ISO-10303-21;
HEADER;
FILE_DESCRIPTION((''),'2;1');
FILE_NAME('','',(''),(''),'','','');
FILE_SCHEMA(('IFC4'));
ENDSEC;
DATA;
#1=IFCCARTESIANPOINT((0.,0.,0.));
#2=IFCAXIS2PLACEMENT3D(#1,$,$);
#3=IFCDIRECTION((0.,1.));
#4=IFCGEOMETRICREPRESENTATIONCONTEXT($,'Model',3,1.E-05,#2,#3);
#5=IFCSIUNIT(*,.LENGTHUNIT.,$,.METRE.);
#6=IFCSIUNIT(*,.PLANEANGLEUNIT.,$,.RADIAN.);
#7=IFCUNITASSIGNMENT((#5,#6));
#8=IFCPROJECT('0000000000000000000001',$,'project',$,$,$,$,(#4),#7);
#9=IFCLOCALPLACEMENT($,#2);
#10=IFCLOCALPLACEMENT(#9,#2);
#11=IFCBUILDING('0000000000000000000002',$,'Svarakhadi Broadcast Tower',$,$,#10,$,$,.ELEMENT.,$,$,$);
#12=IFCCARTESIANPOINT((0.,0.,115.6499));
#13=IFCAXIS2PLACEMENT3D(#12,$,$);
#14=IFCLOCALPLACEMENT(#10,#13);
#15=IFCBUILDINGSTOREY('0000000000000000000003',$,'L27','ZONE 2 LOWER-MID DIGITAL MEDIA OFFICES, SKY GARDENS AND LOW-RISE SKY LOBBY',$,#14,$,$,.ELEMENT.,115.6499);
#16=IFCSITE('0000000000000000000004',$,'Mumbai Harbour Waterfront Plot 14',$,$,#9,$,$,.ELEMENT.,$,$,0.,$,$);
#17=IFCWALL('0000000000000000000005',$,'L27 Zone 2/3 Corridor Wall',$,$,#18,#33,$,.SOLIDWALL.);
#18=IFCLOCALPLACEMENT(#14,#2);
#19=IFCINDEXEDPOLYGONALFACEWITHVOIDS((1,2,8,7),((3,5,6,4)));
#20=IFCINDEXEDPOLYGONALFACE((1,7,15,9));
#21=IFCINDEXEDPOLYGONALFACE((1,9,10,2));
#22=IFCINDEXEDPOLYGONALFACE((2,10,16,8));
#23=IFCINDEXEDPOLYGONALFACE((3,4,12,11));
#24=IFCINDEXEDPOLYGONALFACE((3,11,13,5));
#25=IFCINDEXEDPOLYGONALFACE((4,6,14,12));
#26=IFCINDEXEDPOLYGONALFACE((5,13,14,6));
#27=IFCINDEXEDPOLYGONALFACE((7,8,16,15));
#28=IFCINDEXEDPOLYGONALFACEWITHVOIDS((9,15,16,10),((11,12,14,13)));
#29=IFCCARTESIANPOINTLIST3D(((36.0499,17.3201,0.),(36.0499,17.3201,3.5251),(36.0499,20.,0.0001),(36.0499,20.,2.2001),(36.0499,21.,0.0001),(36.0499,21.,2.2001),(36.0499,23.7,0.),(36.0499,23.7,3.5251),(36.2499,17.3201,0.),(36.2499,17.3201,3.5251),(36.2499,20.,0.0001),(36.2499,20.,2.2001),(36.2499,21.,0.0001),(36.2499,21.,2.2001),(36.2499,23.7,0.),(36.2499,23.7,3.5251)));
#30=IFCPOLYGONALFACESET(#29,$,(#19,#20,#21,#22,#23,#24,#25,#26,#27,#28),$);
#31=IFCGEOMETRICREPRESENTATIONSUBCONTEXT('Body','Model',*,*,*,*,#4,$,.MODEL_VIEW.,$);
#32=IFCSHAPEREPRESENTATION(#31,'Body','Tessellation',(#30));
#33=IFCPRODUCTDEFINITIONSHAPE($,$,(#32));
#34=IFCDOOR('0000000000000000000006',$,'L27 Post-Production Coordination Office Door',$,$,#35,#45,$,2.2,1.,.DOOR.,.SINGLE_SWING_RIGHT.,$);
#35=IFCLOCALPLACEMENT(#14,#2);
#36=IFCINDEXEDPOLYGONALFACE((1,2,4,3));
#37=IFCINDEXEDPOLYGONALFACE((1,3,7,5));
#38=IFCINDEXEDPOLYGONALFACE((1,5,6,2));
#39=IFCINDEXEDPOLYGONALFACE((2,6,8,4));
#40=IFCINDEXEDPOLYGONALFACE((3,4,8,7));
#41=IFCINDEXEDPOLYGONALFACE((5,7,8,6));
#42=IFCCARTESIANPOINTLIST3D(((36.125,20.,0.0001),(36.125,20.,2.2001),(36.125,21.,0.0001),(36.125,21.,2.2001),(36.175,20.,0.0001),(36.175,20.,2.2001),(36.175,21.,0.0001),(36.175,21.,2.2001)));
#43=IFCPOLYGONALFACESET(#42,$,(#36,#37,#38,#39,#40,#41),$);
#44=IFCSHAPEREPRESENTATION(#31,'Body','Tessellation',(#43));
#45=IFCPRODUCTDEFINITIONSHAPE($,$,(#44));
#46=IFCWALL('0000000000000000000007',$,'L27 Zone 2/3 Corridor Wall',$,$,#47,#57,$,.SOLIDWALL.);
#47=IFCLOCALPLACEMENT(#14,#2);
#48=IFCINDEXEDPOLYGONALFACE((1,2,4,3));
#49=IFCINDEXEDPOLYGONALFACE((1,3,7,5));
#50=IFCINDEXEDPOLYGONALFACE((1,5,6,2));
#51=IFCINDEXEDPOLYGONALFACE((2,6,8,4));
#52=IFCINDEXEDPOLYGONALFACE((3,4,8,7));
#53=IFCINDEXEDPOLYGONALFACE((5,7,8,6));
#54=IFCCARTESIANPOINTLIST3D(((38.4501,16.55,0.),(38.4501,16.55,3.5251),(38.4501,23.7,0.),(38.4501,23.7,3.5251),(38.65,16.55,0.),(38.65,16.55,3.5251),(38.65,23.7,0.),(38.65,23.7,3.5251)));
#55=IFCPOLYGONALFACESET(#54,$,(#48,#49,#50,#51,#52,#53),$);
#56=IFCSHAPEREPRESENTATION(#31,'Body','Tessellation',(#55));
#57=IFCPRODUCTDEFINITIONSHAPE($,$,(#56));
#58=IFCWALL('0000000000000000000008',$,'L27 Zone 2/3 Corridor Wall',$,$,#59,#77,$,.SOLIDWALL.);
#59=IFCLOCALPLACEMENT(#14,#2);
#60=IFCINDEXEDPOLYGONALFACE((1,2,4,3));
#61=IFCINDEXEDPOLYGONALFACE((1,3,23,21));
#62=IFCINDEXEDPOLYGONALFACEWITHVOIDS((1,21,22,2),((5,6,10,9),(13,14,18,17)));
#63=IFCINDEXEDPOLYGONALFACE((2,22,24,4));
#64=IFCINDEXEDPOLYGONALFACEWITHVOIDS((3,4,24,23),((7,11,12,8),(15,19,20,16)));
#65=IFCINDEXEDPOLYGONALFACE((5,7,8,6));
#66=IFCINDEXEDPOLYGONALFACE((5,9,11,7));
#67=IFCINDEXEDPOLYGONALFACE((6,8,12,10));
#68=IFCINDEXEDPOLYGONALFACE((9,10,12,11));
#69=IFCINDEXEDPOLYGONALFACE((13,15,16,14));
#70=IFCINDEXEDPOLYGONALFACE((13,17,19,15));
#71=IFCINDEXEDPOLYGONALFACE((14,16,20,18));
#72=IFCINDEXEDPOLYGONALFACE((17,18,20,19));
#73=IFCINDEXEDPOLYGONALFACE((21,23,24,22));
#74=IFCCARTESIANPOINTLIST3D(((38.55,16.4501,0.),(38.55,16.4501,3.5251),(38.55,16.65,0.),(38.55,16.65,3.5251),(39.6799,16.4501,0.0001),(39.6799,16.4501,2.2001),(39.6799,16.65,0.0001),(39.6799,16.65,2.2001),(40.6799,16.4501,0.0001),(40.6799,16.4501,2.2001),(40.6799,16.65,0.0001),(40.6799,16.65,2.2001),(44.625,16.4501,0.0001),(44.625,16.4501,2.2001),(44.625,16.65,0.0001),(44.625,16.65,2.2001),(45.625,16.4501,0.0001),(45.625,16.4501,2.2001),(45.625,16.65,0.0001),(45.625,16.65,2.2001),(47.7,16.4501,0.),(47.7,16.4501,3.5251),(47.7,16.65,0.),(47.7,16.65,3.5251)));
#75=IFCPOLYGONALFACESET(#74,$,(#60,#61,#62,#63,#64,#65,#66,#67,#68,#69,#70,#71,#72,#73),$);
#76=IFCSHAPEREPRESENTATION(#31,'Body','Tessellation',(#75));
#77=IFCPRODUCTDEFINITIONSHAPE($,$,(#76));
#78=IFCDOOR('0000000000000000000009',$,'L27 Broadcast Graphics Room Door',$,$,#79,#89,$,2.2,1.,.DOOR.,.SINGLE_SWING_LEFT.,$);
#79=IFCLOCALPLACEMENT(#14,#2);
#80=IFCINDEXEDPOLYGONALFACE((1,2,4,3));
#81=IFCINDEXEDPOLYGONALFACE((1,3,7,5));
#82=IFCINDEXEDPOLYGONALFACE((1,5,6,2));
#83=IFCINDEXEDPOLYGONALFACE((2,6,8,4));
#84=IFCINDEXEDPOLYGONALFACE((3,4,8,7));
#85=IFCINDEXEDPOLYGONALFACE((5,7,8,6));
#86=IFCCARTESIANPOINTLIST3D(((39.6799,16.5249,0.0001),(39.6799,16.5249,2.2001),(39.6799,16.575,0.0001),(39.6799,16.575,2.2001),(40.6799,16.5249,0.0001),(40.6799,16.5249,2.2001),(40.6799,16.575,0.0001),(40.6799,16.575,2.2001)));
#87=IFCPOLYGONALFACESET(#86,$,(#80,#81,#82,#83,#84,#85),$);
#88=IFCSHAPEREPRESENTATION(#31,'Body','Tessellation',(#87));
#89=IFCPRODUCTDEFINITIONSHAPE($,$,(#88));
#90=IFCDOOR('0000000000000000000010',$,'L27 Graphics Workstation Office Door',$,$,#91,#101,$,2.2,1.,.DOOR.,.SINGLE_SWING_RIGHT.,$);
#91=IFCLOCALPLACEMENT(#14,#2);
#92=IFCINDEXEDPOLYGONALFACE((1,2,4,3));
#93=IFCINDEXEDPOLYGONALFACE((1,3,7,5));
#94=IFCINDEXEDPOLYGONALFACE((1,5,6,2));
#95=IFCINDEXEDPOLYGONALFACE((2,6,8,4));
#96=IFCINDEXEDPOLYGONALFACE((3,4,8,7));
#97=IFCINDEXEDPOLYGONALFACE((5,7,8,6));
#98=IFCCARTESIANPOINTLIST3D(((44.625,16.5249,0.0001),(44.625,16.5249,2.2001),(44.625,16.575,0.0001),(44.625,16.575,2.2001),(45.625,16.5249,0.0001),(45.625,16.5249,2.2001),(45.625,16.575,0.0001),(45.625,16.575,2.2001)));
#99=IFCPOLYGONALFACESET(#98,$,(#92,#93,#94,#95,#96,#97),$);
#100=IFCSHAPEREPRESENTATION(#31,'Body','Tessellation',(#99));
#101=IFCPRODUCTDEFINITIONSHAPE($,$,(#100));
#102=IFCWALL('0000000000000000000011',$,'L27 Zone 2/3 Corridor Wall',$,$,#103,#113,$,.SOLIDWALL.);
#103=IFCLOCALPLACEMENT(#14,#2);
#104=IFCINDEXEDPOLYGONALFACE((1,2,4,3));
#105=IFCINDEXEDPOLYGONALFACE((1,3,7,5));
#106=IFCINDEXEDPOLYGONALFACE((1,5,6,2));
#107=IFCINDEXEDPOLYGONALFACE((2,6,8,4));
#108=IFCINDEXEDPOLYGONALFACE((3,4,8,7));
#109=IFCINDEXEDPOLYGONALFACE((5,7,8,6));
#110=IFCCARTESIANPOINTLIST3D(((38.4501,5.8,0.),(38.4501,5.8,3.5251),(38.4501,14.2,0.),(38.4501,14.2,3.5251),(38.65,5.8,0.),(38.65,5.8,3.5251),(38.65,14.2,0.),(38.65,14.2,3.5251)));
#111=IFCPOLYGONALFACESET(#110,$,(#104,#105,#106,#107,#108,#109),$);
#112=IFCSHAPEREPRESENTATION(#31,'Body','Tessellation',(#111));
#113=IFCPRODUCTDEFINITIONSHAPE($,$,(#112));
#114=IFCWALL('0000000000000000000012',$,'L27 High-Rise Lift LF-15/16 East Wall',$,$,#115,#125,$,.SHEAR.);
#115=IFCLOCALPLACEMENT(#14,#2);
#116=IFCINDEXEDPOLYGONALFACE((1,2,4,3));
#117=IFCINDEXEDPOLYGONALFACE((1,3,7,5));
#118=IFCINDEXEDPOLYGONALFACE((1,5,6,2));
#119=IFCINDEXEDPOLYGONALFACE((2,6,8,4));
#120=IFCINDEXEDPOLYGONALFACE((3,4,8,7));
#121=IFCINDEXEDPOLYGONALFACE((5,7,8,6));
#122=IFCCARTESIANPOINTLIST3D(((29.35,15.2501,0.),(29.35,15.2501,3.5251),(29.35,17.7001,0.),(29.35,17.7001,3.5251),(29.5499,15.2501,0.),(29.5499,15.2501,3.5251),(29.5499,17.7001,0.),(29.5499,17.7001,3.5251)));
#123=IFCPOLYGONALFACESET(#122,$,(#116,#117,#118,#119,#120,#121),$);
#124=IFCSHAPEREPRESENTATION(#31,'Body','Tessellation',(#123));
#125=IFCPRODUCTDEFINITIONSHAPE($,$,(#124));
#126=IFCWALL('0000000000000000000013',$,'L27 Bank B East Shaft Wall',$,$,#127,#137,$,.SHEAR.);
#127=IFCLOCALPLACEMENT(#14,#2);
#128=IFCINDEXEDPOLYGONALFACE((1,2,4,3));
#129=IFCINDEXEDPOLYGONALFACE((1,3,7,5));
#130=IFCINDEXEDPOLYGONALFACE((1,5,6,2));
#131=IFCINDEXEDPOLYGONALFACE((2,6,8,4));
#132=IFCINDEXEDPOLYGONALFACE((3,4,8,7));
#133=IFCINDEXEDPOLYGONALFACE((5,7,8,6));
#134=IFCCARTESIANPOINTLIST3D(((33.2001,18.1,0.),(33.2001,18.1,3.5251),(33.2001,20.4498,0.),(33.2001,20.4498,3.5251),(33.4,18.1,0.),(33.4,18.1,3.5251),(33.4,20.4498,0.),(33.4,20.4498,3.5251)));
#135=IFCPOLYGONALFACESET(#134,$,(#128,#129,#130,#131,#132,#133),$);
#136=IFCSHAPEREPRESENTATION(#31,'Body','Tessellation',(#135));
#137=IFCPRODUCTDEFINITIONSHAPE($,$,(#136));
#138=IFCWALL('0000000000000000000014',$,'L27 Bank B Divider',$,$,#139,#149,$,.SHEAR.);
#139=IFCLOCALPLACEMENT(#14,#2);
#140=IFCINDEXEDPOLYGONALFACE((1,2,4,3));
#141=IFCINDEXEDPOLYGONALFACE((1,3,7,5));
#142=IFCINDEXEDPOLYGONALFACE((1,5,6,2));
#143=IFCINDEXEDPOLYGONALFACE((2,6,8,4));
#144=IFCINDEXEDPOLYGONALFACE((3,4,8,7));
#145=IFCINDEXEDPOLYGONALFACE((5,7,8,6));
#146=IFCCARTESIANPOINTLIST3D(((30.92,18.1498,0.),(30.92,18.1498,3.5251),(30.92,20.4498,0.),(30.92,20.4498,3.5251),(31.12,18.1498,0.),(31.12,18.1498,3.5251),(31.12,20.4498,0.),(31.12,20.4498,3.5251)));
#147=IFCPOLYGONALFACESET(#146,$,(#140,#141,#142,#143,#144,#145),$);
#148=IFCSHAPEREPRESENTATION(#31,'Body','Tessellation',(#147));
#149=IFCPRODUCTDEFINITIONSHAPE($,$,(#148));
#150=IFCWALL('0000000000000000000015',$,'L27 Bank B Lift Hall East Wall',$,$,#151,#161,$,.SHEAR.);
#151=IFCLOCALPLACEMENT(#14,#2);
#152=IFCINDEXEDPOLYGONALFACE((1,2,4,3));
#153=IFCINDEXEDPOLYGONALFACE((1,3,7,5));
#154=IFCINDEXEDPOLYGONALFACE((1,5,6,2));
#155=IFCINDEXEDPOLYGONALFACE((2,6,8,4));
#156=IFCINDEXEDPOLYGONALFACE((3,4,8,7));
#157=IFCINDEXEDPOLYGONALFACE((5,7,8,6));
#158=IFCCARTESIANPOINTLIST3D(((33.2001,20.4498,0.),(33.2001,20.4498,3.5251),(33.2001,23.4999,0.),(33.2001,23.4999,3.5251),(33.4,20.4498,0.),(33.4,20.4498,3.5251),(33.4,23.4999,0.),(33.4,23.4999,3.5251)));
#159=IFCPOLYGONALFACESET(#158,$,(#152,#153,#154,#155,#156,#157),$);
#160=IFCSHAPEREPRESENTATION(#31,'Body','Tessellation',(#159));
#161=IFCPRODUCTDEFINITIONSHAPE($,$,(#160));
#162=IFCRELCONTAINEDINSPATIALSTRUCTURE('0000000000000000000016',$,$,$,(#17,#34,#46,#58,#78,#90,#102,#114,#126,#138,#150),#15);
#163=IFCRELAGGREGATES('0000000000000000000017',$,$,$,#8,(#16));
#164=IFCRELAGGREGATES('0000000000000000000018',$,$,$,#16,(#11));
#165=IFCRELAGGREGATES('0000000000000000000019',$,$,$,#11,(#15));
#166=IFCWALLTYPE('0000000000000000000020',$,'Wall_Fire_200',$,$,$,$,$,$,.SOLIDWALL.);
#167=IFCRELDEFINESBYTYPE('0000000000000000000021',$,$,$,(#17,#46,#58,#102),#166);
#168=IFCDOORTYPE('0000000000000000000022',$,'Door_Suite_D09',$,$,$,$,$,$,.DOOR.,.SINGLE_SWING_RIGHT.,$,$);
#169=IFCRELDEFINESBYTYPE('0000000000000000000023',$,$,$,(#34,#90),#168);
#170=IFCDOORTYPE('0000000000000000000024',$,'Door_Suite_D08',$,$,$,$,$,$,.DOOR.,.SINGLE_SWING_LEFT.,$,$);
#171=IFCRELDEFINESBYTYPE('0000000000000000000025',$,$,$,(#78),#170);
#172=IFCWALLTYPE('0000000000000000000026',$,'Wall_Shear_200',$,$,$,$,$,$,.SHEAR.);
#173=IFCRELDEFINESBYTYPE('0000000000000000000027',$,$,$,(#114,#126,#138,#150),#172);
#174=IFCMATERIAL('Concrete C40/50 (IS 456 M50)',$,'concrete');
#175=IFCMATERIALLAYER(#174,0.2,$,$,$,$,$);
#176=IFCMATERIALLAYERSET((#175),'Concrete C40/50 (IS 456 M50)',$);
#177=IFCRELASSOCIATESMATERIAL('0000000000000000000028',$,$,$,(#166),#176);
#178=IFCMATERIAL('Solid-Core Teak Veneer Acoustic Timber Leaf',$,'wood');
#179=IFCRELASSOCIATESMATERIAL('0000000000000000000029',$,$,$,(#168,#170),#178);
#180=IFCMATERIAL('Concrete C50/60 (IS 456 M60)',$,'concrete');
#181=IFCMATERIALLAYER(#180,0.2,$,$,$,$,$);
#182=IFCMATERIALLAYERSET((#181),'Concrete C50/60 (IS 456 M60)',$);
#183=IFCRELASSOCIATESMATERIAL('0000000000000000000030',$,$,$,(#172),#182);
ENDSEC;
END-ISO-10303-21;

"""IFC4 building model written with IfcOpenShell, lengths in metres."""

from ifc_helpers import new_model, si_unit, direction, frame, frame_2d, origin, place, context, subcontext, project, spatial, rectangle, extrude, material, layer, layer_set, type_object, element, fill, save


model = new_model("IFC4")

# Units and contexts
model_context = context("Model", 3, precision=1e-05, world=origin(), true_north=direction((0.0, 1.0)))
body_context = subcontext(model_context, "Body", "Model", "MODEL_VIEW")
ifc_project = project(units=[si_unit("LENGTHUNIT", "METRE"), si_unit("PLANEANGLEUNIT", "RADIAN")], contexts=[model_context])

# Site, building, storey
site_placement = place(None, origin())
site = spatial("IfcSite", under=ifc_project, at=site_placement, Name="Mumbai Harbour Waterfront Plot 14", CompositionType="ELEMENT", RefElevation=0.0)
building_placement = place(site_placement, origin())
building = spatial("IfcBuilding", under=site, at=building_placement, Name="Svarakhadi Broadcast Tower", CompositionType="ELEMENT")
storey_placement = place(building_placement, frame((0.0, 0.0, 115.6499)))
storey = spatial("IfcBuildingStorey", under=building, at=storey_placement, Name="L27", Description="ZONE 2 LOWER-MID DIGITAL MEDIA OFFICES, SKY GARDENS AND LOW-RISE SKY LOBBY", CompositionType="ELEMENT", Elevation=115.6499)

# Shared definitions
ifc_material_1 = material(Name="Concrete C50/60 (IS 456 M60)", Category="concrete")

# Shared definitions
ifc_material_2 = material(Name="Concrete C40/50 (IS 456 M50)", Category="concrete")
ifc_layer_1 = layer(ifc_material_2, 0.2)
ifc_layer_set_1 = layer_set([ifc_layer_1], Name="Concrete C40/50 (IS 456 M50)")
wall_type_1 = type_object("IfcWallType", Name="Wall_Fire_200", PredefinedType="SOLIDWALL", material=ifc_layer_set_1)

# Wall, opening, door
wall_1_placement = place(storey_placement, frame((36.1499, 17.3201, 0.0), z_axis=(0.0, 0.0, 1.0), x_axis=(0.0, 1.0, 0.0)))
wall_1 = element("IfcWall", 1, at=wall_1_placement, inside=storey, type_object=wall_type_1, Name="L27 Zone 2/3 Corridor Wall", PredefinedType="SOLIDWALL", context=body_context, shape_type="SweptSolid", body=[
    extrude(rectangle(XDim=6.3799, YDim=0.2, at=frame_2d((3.1899, 0.0))), origin(), (0.0, 0.0, 1.0), 3.5251),
])
opening_1_placement = place(wall_1_placement, frame((2.6799, 0.0, 0.0)))
opening_1 = element("IfcOpeningElement", 2, at=opening_1_placement, cuts=wall_1, PredefinedType="OPENING", context=body_context, shape_type="SweptSolid", body=[
    extrude(rectangle(XDim=1.0, YDim=2.2, at=frame_2d((0.5, 1.1001))), frame((0.0, 0.1099, 0.0), z_axis=(0.0, -1.0, 0.0), x_axis=(1.0, 0.0, 0.0)), (0.0, 0.0, 1.0), 0.22),
])
ifc_material_3 = material(Name="Solid-Core Teak Veneer Acoustic Timber Leaf", Category="wood")
door_type_1 = type_object("IfcDoorType", Name="Door_Suite_D09", OperationType="SINGLE_SWING_RIGHT", PredefinedType="DOOR", material=ifc_material_3)
door_1_placement = place(opening_1_placement, origin())
door_1 = element("IfcDoor", 3, at=door_1_placement, inside=storey, type_object=door_type_1, Name="L27 Post-Production Coordination Office Door", OperationType="SINGLE_SWING_RIGHT", OverallHeight=2.2, OverallWidth=1.0, PredefinedType="DOOR", context=body_context, shape_type="SweptSolid", body=[
    extrude(rectangle(XDim=1.0, YDim=2.2, at=frame_2d((0.5, 1.1001))), frame((0.0, 0.0249, 0.0), z_axis=(0.0, -1.0, 0.0), x_axis=(1.0, 0.0, 0.0)), (0.0, 0.0, 1.0), 0.05),
])
fill(opening_1, door_1)

# Wall
wall_2_placement = place(storey_placement, frame((38.55, 23.7, 0.0), z_axis=(0.0, 0.0, 1.0), x_axis=(0.0, -1.0, 0.0)))
element("IfcWall", 4, at=wall_2_placement, inside=storey, type_object=wall_type_1, Name="L27 Zone 2/3 Corridor Wall", PredefinedType="SOLIDWALL", context=body_context, shape_type="SweptSolid", body=[
    extrude(rectangle(XDim=7.1499, YDim=0.2, at=frame_2d((3.575, 0.0))), origin(), (0.0, 0.0, 1.0), 3.5251),
])

# Wall, openings, doors
wall_3_placement = place(storey_placement, frame((38.55, 16.55, 0.0), z_axis=(0.0, 0.0, 1.0), x_axis=(1.0, 0.0, 0.0)))
wall_3 = element("IfcWall", 5, at=wall_3_placement, inside=storey, type_object=wall_type_1, Name="L27 Zone 2/3 Corridor Wall", PredefinedType="SOLIDWALL", context=body_context, shape_type="SweptSolid", body=[
    extrude(rectangle(XDim=9.1499, YDim=0.2, at=frame_2d((4.575, 0.0))), origin(), (0.0, 0.0, 1.0), 3.5251),
])
opening_2_placement = place(wall_3_placement, frame((1.1299, 0.0, 0.0)))
opening_2 = element("IfcOpeningElement", 6, at=opening_2_placement, cuts=wall_3, PredefinedType="OPENING", context=body_context, shape_type="SweptSolid", body=[
    extrude(rectangle(XDim=1.0, YDim=2.2, at=frame_2d((0.5, 1.1001))), frame((0.0, 0.1099, 0.0), z_axis=(0.0, -1.0, 0.0), x_axis=(1.0, 0.0, 0.0)), (0.0, 0.0, 1.0), 0.22),
])
opening_3_placement = place(wall_3_placement, frame((6.075, 0.0, 0.0)))
opening_3 = element("IfcOpeningElement", 7, at=opening_3_placement, cuts=wall_3, PredefinedType="OPENING", context=body_context, shape_type="SweptSolid", body=[
    extrude(rectangle(XDim=1.0, YDim=2.2, at=frame_2d((0.5, 1.1001))), frame((0.0, 0.1099, 0.0), z_axis=(0.0, -1.0, 0.0), x_axis=(1.0, 0.0, 0.0)), (0.0, 0.0, 1.0), 0.22),
])
door_type_2 = type_object("IfcDoorType", Name="Door_Suite_D08", OperationType="SINGLE_SWING_LEFT", PredefinedType="DOOR", material=ifc_material_3)
door_2_placement = place(opening_2_placement, origin())
door_2 = element("IfcDoor", 8, at=door_2_placement, inside=storey, type_object=door_type_2, Name="L27 Broadcast Graphics Room Door", OperationType="SINGLE_SWING_LEFT", OverallHeight=2.2, OverallWidth=1.0, PredefinedType="DOOR", context=body_context, shape_type="SweptSolid", body=[
    extrude(rectangle(XDim=1.0, YDim=2.2, at=frame_2d((0.5, 1.1001))), frame((0.0, 0.0249, 0.0), z_axis=(0.0, -1.0, 0.0), x_axis=(1.0, 0.0, 0.0)), (0.0, 0.0, 1.0), 0.05),
])
fill(opening_2, door_2)
door_3_placement = place(opening_3_placement, origin())
door_3 = element("IfcDoor", 9, at=door_3_placement, inside=storey, type_object=door_type_1, Name="L27 Graphics Workstation Office Door", OperationType="SINGLE_SWING_RIGHT", OverallHeight=2.2, OverallWidth=1.0, PredefinedType="DOOR", context=body_context, shape_type="SweptSolid", body=[
    extrude(rectangle(XDim=1.0, YDim=2.2, at=frame_2d((0.5, 1.1001))), frame((0.0, 0.0249, 0.0), z_axis=(0.0, -1.0, 0.0), x_axis=(1.0, 0.0, 0.0)), (0.0, 0.0, 1.0), 0.05),
])
fill(opening_3, door_3)

# Wall
wall_4_placement = place(storey_placement, frame((38.55, 14.2, 0.0), z_axis=(0.0, 0.0, 1.0), x_axis=(0.0, -1.0, 0.0)))
element("IfcWall", 10, at=wall_4_placement, inside=storey, type_object=wall_type_1, Name="L27 Zone 2/3 Corridor Wall", PredefinedType="SOLIDWALL", context=body_context, shape_type="SweptSolid", body=[
    extrude(rectangle(XDim=8.3999, YDim=0.2, at=frame_2d((4.2, 0.0))), origin(), (0.0, 0.0, 1.0), 3.5251),
])

# Walls
ifc_layer_2 = layer(ifc_material_1, 0.2)
ifc_layer_set_2 = layer_set([ifc_layer_2], Name="Concrete C50/60 (IS 456 M60)")
wall_type_2 = type_object("IfcWallType", Name="Wall_Shear_200", PredefinedType="SHEAR", material=ifc_layer_set_2)
wall_5_placement = place(storey_placement, frame((29.45, 15.25, 0.0), z_axis=(0.0, 0.0, 1.0), x_axis=(0.0, 1.0, 0.0)))
element("IfcWall", 11, at=wall_5_placement, inside=storey, type_object=wall_type_2, Name="L27 High-Rise Lift LF-15/16 East Wall", PredefinedType="SHEAR", context=body_context, shape_type="SweptSolid", body=[
    extrude(rectangle(XDim=2.45, YDim=0.2, at=frame_2d((1.2251, 0.0))), origin(), (0.0, 0.0, 1.0), 3.5251),
])
wall_6_placement = place(storey_placement, frame((33.3, 18.1001, 0.0), z_axis=(0.0, 0.0, 1.0), x_axis=(0.0, 1.0, 0.0)))
element("IfcWall", 12, at=wall_6_placement, inside=storey, type_object=wall_type_2, Name="L27 Bank B East Shaft Wall", PredefinedType="SHEAR", context=body_context, shape_type="SweptSolid", body=[
    extrude(rectangle(XDim=2.3499, YDim=0.2, at=frame_2d((1.1748, 0.0))), origin(), (0.0, 0.0, 1.0), 3.5251),
])
wall_7_placement = place(storey_placement, frame((31.02, 18.1499, 0.0), z_axis=(0.0, 0.0, 1.0), x_axis=(0.0, 1.0, 0.0)))
element("IfcWall", 13, at=wall_7_placement, inside=storey, type_object=wall_type_2, Name="L27 Bank B Divider", PredefinedType="SHEAR", context=body_context, shape_type="SweptSolid", body=[
    extrude(rectangle(XDim=2.3, YDim=0.2, at=frame_2d((1.1499, 0.0))), origin(), (0.0, 0.0, 1.0), 3.5251),
])
wall_8_placement = place(storey_placement, frame((33.3, 20.45, 0.0), z_axis=(0.0, 0.0, 1.0), x_axis=(0.0, 1.0, 0.0)))
element("IfcWall", 14, at=wall_8_placement, inside=storey, type_object=wall_type_2, Name="L27 Bank B Lift Hall East Wall", PredefinedType="SHEAR", context=body_context, shape_type="SweptSolid", body=[
    extrude(rectangle(XDim=3.05, YDim=0.2, at=frame_2d((1.5249, 0.0))), origin(), (0.0, 0.0, 1.0), 3.5251),
])

save(model, "model.ifc")
